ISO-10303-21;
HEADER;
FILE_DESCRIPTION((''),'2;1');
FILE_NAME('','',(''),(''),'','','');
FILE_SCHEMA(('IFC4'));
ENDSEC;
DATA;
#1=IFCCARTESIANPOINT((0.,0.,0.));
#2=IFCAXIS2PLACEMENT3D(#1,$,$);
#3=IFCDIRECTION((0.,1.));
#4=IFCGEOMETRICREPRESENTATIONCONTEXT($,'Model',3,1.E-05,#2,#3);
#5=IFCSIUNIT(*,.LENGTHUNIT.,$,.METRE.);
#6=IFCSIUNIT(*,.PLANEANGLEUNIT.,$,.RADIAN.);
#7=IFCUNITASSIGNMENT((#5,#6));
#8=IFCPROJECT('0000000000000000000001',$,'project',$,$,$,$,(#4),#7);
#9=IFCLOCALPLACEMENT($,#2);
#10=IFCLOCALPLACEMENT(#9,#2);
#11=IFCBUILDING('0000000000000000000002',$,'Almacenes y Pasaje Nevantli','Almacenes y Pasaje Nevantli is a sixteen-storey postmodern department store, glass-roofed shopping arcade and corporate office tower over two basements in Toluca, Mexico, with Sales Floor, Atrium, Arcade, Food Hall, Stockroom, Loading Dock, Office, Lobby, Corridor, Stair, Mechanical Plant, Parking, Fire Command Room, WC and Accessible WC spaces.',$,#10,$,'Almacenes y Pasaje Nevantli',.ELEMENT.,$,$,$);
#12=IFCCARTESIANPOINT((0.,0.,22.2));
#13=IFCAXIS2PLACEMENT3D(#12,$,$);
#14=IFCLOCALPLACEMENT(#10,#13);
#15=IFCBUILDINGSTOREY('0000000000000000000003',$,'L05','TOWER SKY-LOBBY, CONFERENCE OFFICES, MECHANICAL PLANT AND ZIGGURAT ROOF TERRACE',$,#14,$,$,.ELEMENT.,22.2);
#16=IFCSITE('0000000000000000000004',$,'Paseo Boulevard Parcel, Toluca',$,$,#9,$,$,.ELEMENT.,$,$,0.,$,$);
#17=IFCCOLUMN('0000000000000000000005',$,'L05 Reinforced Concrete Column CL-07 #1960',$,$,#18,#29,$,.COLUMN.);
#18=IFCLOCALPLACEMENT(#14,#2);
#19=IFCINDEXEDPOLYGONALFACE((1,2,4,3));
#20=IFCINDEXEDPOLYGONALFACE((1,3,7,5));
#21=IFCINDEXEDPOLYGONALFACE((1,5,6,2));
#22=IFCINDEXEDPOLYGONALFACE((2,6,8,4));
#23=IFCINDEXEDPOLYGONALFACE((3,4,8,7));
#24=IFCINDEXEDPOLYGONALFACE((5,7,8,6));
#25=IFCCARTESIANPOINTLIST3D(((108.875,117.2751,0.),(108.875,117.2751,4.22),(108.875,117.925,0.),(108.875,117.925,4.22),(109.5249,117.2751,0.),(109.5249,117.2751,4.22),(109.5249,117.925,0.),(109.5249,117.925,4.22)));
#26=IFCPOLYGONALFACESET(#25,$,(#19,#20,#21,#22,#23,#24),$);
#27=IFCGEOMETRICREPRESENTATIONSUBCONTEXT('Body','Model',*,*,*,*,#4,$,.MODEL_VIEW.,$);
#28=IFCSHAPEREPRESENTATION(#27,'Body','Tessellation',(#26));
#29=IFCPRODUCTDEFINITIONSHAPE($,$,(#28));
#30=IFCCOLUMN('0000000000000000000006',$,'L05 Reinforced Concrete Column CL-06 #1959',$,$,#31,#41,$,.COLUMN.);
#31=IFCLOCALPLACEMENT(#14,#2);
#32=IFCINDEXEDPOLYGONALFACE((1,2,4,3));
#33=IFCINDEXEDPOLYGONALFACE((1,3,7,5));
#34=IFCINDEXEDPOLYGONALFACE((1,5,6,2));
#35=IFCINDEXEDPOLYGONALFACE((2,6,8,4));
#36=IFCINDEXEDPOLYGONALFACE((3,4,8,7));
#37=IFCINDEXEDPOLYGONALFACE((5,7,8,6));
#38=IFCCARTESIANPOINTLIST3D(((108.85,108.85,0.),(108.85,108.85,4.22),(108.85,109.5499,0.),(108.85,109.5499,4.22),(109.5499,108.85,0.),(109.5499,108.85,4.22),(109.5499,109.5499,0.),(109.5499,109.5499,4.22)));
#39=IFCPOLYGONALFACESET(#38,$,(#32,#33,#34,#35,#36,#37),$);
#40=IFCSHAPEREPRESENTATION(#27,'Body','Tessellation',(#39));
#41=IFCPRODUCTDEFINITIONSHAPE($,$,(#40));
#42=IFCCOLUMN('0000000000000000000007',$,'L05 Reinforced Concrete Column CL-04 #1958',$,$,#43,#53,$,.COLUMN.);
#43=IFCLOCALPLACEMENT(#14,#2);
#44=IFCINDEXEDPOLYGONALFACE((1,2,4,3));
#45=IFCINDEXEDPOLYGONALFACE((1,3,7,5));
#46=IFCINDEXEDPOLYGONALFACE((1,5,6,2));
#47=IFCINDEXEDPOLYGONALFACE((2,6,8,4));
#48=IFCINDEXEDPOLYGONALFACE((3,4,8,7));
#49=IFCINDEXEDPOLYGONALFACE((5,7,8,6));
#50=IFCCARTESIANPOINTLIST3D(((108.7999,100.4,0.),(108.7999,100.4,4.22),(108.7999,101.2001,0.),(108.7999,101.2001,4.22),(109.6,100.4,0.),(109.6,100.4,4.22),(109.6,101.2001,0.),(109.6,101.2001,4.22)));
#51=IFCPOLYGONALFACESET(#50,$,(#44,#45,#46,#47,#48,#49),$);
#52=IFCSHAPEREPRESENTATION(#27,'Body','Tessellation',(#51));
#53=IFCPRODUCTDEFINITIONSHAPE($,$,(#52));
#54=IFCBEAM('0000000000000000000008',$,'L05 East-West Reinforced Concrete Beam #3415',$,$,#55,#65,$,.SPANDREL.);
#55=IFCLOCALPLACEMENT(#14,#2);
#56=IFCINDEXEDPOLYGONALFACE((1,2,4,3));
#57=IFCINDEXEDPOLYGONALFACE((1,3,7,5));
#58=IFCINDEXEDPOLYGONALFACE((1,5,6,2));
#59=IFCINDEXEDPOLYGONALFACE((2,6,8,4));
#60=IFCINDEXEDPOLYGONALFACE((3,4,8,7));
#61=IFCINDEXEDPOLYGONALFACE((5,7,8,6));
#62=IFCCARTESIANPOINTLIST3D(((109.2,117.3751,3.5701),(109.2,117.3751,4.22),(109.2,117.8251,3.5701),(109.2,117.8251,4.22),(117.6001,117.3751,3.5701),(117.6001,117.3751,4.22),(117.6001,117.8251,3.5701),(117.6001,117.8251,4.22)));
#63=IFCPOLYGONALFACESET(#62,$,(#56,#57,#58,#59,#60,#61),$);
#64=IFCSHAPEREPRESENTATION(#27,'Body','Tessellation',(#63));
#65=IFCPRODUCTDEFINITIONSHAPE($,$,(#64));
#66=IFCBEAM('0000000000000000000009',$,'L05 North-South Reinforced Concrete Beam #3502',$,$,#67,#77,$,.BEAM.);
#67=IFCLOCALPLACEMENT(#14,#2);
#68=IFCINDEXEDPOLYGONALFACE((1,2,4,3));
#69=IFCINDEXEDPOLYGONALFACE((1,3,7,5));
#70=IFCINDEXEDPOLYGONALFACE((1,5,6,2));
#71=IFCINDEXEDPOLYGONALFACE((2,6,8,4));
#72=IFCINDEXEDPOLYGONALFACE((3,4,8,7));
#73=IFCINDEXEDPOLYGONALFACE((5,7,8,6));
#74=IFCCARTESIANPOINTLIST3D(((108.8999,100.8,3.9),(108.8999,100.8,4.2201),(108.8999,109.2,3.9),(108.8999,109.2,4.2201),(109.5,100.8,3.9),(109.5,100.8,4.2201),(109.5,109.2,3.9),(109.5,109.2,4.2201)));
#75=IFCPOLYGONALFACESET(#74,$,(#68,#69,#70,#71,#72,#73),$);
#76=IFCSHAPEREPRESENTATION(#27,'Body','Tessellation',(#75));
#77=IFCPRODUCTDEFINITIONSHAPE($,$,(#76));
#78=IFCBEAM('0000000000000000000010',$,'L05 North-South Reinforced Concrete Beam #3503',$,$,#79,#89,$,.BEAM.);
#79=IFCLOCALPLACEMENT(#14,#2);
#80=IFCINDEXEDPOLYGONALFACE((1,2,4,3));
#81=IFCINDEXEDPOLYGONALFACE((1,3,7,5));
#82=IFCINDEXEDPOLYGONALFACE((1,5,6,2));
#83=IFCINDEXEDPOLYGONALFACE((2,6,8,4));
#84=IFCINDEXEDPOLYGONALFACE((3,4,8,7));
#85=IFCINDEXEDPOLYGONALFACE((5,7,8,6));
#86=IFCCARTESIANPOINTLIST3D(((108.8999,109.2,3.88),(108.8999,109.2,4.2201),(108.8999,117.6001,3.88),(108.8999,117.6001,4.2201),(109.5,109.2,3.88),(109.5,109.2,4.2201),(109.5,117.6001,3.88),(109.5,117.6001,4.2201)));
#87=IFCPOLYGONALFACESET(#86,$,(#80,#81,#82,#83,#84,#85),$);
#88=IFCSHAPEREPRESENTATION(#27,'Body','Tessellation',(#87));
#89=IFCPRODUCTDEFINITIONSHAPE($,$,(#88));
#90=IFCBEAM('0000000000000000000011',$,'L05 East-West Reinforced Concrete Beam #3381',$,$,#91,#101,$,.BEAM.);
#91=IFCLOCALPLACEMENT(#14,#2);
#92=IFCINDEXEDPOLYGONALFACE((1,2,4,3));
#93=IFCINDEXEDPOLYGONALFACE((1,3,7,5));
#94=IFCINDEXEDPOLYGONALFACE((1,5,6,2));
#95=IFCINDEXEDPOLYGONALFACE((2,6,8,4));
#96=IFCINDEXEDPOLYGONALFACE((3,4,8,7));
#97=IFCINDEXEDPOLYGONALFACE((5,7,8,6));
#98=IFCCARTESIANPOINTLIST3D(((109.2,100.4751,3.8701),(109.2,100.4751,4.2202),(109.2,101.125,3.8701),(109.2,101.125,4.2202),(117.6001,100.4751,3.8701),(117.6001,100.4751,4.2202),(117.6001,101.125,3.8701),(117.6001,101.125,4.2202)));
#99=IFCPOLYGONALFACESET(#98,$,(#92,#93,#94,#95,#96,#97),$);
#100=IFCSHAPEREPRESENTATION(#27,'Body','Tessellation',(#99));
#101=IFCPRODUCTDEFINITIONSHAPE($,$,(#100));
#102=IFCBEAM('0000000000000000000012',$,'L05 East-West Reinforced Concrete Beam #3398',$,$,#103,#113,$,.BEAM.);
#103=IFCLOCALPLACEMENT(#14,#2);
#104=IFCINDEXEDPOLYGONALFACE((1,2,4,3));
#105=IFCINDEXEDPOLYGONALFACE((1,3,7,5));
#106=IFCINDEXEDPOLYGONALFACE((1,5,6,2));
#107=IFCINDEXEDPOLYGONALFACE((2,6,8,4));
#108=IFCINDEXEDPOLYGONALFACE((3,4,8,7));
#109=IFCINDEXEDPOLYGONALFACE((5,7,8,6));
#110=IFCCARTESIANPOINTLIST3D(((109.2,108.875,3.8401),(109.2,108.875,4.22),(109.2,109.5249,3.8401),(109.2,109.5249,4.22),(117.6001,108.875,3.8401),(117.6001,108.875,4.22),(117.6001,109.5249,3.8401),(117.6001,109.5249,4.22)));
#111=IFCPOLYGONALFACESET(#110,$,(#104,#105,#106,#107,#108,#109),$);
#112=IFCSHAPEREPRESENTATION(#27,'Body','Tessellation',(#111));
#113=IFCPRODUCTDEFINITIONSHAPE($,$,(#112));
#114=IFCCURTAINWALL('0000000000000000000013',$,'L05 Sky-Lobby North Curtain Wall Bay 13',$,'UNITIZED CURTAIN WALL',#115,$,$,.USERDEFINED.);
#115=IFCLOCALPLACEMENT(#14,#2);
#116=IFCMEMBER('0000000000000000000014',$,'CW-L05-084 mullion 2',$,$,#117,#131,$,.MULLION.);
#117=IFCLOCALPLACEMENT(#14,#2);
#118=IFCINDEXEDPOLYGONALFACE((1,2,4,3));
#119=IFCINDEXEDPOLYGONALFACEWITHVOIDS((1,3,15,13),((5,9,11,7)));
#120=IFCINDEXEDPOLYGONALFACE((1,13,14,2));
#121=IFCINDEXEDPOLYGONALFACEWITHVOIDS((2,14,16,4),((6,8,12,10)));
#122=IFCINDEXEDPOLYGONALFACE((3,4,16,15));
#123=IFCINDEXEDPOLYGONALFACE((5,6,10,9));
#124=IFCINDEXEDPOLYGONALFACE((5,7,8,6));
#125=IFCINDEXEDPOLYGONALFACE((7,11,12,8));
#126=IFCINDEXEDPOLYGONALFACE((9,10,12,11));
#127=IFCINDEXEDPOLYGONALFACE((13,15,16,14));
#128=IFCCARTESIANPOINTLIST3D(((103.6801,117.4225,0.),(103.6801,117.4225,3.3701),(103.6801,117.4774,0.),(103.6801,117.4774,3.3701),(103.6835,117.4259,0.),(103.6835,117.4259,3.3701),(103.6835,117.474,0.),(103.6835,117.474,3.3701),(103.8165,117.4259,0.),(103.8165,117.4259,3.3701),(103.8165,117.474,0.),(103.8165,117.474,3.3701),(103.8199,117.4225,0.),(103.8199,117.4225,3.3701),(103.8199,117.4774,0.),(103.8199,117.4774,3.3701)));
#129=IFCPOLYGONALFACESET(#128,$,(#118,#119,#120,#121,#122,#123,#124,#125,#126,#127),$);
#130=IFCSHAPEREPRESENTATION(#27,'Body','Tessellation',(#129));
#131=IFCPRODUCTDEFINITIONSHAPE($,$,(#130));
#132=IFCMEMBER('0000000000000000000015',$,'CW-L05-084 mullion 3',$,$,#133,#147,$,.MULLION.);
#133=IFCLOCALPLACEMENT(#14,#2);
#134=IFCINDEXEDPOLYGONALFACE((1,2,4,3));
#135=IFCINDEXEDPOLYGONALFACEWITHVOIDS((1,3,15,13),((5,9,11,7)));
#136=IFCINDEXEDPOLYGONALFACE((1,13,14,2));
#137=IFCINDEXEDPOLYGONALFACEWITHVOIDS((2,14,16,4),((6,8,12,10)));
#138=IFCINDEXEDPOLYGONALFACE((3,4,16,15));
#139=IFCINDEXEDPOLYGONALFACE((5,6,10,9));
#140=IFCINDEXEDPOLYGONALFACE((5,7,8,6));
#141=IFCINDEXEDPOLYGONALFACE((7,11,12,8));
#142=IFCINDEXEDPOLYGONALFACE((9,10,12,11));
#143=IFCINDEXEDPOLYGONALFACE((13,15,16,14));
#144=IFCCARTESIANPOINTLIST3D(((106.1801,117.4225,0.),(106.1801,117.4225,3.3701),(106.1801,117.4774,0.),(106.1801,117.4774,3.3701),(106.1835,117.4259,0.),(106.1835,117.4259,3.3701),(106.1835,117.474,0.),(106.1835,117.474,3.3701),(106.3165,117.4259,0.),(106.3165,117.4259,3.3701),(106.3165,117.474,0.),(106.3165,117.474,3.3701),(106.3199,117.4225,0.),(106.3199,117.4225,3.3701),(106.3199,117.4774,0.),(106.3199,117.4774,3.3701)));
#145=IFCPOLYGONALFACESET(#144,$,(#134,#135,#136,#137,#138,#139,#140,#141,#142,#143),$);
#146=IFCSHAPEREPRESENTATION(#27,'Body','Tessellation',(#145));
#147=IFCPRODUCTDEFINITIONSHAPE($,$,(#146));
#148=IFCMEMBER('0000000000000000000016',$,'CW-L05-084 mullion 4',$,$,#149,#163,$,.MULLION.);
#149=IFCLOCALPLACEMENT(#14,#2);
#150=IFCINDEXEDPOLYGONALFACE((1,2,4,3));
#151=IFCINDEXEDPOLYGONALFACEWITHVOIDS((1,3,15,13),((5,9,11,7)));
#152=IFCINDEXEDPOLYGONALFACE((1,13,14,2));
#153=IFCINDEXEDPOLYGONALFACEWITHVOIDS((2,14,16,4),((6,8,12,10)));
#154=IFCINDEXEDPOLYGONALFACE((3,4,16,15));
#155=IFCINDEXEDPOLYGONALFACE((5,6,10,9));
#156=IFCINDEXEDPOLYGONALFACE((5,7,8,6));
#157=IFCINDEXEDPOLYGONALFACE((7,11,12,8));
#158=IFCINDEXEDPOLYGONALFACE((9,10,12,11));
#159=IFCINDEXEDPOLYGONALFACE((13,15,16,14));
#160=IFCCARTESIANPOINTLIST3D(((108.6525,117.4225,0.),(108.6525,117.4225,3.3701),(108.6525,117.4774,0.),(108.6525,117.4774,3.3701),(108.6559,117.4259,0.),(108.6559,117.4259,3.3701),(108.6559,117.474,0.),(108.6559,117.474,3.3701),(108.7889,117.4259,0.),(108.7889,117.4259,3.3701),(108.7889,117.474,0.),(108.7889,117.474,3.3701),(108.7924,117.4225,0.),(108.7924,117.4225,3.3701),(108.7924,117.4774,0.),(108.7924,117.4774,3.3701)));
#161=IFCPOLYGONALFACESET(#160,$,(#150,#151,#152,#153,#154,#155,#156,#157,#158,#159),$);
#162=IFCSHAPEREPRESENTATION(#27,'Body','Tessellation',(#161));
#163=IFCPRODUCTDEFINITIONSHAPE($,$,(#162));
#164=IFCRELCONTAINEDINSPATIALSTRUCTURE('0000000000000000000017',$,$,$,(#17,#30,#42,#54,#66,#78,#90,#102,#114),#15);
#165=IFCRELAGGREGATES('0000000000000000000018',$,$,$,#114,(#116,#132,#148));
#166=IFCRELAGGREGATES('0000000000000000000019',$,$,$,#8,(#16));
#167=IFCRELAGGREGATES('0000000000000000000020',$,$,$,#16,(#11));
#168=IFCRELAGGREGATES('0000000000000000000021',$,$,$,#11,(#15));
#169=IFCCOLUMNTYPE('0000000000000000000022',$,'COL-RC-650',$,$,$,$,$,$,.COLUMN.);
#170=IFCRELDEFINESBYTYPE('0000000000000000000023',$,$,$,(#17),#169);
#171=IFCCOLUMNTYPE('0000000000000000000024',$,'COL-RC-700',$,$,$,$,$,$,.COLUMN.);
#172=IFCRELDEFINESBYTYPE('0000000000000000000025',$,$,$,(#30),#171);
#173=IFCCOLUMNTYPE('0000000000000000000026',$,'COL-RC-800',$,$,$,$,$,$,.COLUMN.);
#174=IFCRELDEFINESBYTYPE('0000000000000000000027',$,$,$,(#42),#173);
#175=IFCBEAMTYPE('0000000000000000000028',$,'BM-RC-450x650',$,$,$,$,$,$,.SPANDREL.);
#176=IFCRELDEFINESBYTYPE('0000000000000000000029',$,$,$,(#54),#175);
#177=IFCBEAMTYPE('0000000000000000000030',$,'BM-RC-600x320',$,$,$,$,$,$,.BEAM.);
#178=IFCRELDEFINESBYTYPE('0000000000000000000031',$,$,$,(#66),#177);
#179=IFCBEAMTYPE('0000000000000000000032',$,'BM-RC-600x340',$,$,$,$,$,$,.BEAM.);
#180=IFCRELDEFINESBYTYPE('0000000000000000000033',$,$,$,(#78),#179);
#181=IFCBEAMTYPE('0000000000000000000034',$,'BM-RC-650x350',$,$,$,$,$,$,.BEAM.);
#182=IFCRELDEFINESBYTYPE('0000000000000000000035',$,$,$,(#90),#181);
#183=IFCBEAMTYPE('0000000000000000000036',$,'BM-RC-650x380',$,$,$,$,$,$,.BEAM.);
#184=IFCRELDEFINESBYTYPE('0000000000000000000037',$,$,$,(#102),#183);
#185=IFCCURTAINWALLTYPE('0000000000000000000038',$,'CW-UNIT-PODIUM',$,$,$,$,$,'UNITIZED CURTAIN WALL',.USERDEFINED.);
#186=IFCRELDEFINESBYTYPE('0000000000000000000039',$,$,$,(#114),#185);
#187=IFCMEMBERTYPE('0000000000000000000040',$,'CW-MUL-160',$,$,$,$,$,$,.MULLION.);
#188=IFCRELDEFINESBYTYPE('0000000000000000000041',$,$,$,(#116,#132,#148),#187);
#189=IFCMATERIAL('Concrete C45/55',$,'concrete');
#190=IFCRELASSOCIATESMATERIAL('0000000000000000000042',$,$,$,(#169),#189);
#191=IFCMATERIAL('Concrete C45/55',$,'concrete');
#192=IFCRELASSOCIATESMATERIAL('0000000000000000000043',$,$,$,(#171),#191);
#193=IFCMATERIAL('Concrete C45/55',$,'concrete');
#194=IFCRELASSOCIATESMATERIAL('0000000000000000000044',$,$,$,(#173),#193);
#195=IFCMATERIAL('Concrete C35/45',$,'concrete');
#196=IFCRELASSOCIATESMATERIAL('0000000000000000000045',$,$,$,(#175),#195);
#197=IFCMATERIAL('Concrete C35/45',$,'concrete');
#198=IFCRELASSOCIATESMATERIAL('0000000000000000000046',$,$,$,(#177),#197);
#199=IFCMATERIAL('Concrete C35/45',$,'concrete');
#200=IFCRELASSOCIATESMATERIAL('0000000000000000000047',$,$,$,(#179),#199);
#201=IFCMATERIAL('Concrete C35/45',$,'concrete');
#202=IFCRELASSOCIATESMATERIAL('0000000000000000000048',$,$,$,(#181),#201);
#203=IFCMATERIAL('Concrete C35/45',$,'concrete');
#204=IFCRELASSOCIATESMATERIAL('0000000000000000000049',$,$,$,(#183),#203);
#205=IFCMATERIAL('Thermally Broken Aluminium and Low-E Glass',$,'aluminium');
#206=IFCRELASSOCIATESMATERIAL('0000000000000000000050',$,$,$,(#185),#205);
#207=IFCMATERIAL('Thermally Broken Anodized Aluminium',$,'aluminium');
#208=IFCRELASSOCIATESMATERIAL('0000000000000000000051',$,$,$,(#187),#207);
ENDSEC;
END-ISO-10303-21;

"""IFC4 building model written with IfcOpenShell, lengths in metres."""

from ifc_helpers import new_model, si_unit, direction, frame, origin, origin_2d, place, context, subcontext, project, spatial, rectangle, hollow_rectangle, extrude, material, material_profile, profile_set, type_object, element, aggregate, save


model = new_model("IFC4")

# Units and contexts
model_context = context("Model", 3, precision=1e-05, world=origin(), true_north=direction((0.0, 1.0)))
body_context = subcontext(model_context, "Body", "Model", "MODEL_VIEW")
ifc_project = project(units=[si_unit("LENGTHUNIT", "METRE"), si_unit("PLANEANGLEUNIT", "RADIAN")], contexts=[model_context])

# Site, building, storey
site_placement = place(None, origin())
site = spatial("IfcSite", under=ifc_project, at=site_placement, Name="Paseo Boulevard Parcel, Toluca", CompositionType="ELEMENT", RefElevation=0.0)
building_placement = place(site_placement, origin())
building = spatial("IfcBuilding", under=site, at=building_placement, Name="Almacenes y Pasaje Nevantli", Description="Almacenes y Pasaje Nevantli is a sixteen-storey postmodern department store, glass-roofed shopping arcade and corporate office tower over two basements in Toluca, Mexico, with Sales Floor, Atrium, Arcade, Food Hall, Stockroom, Loading Dock, Office, Lobby, Corridor, Stair, Mechanical Plant, Parking, Fire Command Room, WC and Accessible WC spaces.", LongName="Almacenes y Pasaje Nevantli", CompositionType="ELEMENT")
storey_placement = place(building_placement, frame((0.0, 0.0, 22.2)))
storey = spatial("IfcBuildingStorey", under=building, at=storey_placement, Name="L05", Description="TOWER SKY-LOBBY, CONFERENCE OFFICES, MECHANICAL PLANT AND ZIGGURAT ROOF TERRACE", CompositionType="ELEMENT", Elevation=22.2)

# Columns
ifc_material_1 = material(Name="Concrete C45/55", Category="concrete")
ifc_material_profile_1 = material_profile(ifc_material_1, rectangle(XDim=0.6499, YDim=0.6499, at=origin_2d()), Name="RC-COL-650x650")
ifc_profile_set_1 = profile_set([ifc_material_profile_1], Name="Concrete C45/55")
column_type_1 = type_object("IfcColumnType", Name="COL-RC-650", PredefinedType="COLUMN", material=ifc_profile_set_1)
column_1_placement = place(storey_placement, frame((109.2, 117.6001, 0.0), z_axis=(0.0, 0.0, 1.0), x_axis=(1.0, 0.0, 0.0)))
element("IfcColumn", 1, at=column_1_placement, inside=storey, type_object=column_type_1, Name="L05 Reinforced Concrete Column CL-07 #1960", PredefinedType="COLUMN", context=body_context, shape_type="SweptSolid", body=[
    extrude(rectangle(XDim=0.6499, YDim=0.6499, at=origin_2d()), origin(), (0.0, 0.0, 1.0), 4.22),
])
ifc_material_2 = material(Name="Concrete C45/55", Category="concrete")
ifc_material_profile_2 = material_profile(ifc_material_2, rectangle(XDim=0.7, YDim=0.7, at=origin_2d()), Name="RC-COL-700x700")
ifc_profile_set_2 = profile_set([ifc_material_profile_2], Name="Concrete C45/55")
column_type_2 = type_object("IfcColumnType", Name="COL-RC-700", PredefinedType="COLUMN", material=ifc_profile_set_2)
column_2_placement = place(storey_placement, frame((109.2, 109.2, 0.0), z_axis=(0.0, 0.0, 1.0), x_axis=(1.0, 0.0, 0.0)))
element("IfcColumn", 2, at=column_2_placement, inside=storey, type_object=column_type_2, Name="L05 Reinforced Concrete Column CL-06 #1959", PredefinedType="COLUMN", context=body_context, shape_type="SweptSolid", body=[
    extrude(rectangle(XDim=0.7, YDim=0.7, at=origin_2d()), origin(), (0.0, 0.0, 1.0), 4.22),
])
ifc_material_3 = material(Name="Concrete C45/55", Category="concrete")
ifc_material_profile_3 = material_profile(ifc_material_3, rectangle(XDim=0.8, YDim=0.8, at=origin_2d()), Name="RC-COL-800x800")
ifc_profile_set_3 = profile_set([ifc_material_profile_3], Name="Concrete C45/55")
column_type_3 = type_object("IfcColumnType", Name="COL-RC-800", PredefinedType="COLUMN", material=ifc_profile_set_3)
column_3_placement = place(storey_placement, frame((109.2, 100.8, 0.0), z_axis=(0.0, 0.0, 1.0), x_axis=(1.0, 0.0, 0.0)))
element("IfcColumn", 3, at=column_3_placement, inside=storey, type_object=column_type_3, Name="L05 Reinforced Concrete Column CL-04 #1958", PredefinedType="COLUMN", context=body_context, shape_type="SweptSolid", body=[
    extrude(rectangle(XDim=0.8, YDim=0.8, at=origin_2d()), origin(), (0.0, 0.0, 1.0), 4.22),
])

# Beams
ifc_material_4 = material(Name="Concrete C35/45", Category="concrete")
ifc_material_profile_4 = material_profile(ifc_material_4, rectangle(XDim=0.45, YDim=0.6499, at=origin_2d()), Name="RC-BM-450x650")
ifc_profile_set_4 = profile_set([ifc_material_profile_4], Name="Concrete C35/45")
beam_type_1 = type_object("IfcBeamType", Name="BM-RC-450x650", PredefinedType="SPANDREL", material=ifc_profile_set_4)
beam_1_placement = place(storey_placement, frame((109.2, 117.6001, 3.895), z_axis=(1.0, 0.0, 0.0), x_axis=(0.0, 1.0, 0.0)))
element("IfcBeam", 4, at=beam_1_placement, inside=storey, type_object=beam_type_1, Name="L05 East-West Reinforced Concrete Beam #3415", PredefinedType="SPANDREL", context=body_context, shape_type="SweptSolid", body=[
    extrude(rectangle(XDim=0.45, YDim=0.6499, at=origin_2d()), origin(), (0.0, 0.0, 1.0), 8.4001),
])
ifc_material_5 = material(Name="Concrete C35/45", Category="concrete")
ifc_material_profile_5 = material_profile(ifc_material_5, rectangle(XDim=0.6001, YDim=0.3201, at=origin_2d()), Name="RC-BM-600x320")
ifc_profile_set_5 = profile_set([ifc_material_profile_5], Name="Concrete C35/45")
beam_type_2 = type_object("IfcBeamType", Name="BM-RC-600x320", PredefinedType="BEAM", material=ifc_profile_set_5)
beam_2_placement = place(storey_placement, frame((109.2, 100.8, 4.0601), z_axis=(0.0, 1.0, 0.0), x_axis=(-1.0, 0.0, 0.0)))
element("IfcBeam", 5, at=beam_2_placement, inside=storey, type_object=beam_type_2, Name="L05 North-South Reinforced Concrete Beam #3502", PredefinedType="BEAM", context=body_context, shape_type="SweptSolid", body=[
    extrude(rectangle(XDim=0.6001, YDim=0.3201, at=origin_2d()), origin(), (0.0, 0.0, 1.0), 8.3999),
])
ifc_material_6 = material(Name="Concrete C35/45", Category="concrete")
ifc_material_profile_6 = material_profile(ifc_material_6, rectangle(XDim=0.6001, YDim=0.3401, at=origin_2d()), Name="RC-BM-600x340")
ifc_profile_set_6 = profile_set([ifc_material_profile_6], Name="Concrete C35/45")
beam_type_3 = type_object("IfcBeamType", Name="BM-RC-600x340", PredefinedType="BEAM", material=ifc_profile_set_6)
beam_3_placement = place(storey_placement, frame((109.2, 109.2, 4.05), z_axis=(0.0, 1.0, 0.0), x_axis=(-1.0, 0.0, 0.0)))
element("IfcBeam", 6, at=beam_3_placement, inside=storey, type_object=beam_type_3, Name="L05 North-South Reinforced Concrete Beam #3503", PredefinedType="BEAM", context=body_context, shape_type="SweptSolid", body=[
    extrude(rectangle(XDim=0.6001, YDim=0.3401, at=origin_2d()), origin(), (0.0, 0.0, 1.0), 8.4001),
])
ifc_material_7 = material(Name="Concrete C35/45", Category="concrete")
ifc_material_profile_7 = material_profile(ifc_material_7, rectangle(XDim=0.6499, YDim=0.3501, at=origin_2d()), Name="RC-BM-650x350")
ifc_profile_set_7 = profile_set([ifc_material_profile_7], Name="Concrete C35/45")
beam_type_4 = type_object("IfcBeamType", Name="BM-RC-650x350", PredefinedType="BEAM", material=ifc_profile_set_7)
beam_4_placement = place(storey_placement, frame((109.2, 100.8, 4.0452), z_axis=(1.0, 0.0, 0.0), x_axis=(0.0, 1.0, 0.0)))
element("IfcBeam", 7, at=beam_4_placement, inside=storey, type_object=beam_type_4, Name="L05 East-West Reinforced Concrete Beam #3381", PredefinedType="BEAM", context=body_context, shape_type="SweptSolid", body=[
    extrude(rectangle(XDim=0.6499, YDim=0.3501, at=origin_2d()), origin(), (0.0, 0.0, 1.0), 8.4001),
])
ifc_material_8 = material(Name="Concrete C35/45", Category="concrete")
ifc_material_profile_8 = material_profile(ifc_material_8, rectangle(XDim=0.6499, YDim=0.3799, at=origin_2d()), Name="RC-BM-650x380")
ifc_profile_set_8 = profile_set([ifc_material_profile_8], Name="Concrete C35/45")
beam_type_5 = type_object("IfcBeamType", Name="BM-RC-650x380", PredefinedType="BEAM", material=ifc_profile_set_8)
beam_5_placement = place(storey_placement, frame((109.2, 109.2, 4.03), z_axis=(1.0, 0.0, 0.0), x_axis=(0.0, 1.0, 0.0)))
element("IfcBeam", 8, at=beam_5_placement, inside=storey, type_object=beam_type_5, Name="L05 East-West Reinforced Concrete Beam #3398", PredefinedType="BEAM", context=body_context, shape_type="SweptSolid", body=[
    extrude(rectangle(XDim=0.6499, YDim=0.3799, at=origin_2d()), origin(), (0.0, 0.0, 1.0), 8.4001),
])

# Curtain wall, members
ifc_material_9 = material(Name="Thermally Broken Aluminium and Low-E Glass", Category="aluminium")
curtain_wall_type = type_object("IfcCurtainWallType", Name="CW-UNIT-PODIUM", ElementType="UNITIZED CURTAIN WALL", PredefinedType="USERDEFINED", material=ifc_material_9)
curtain_wall_1_placement = place(storey_placement, origin())
curtain_wall_1 = element("IfcCurtainWall", 9, at=curtain_wall_1_placement, inside=storey, type_object=curtain_wall_type, Name="L05 Sky-Lobby North Curtain Wall Bay 13", ObjectType="UNITIZED CURTAIN WALL", PredefinedType="USERDEFINED")
ifc_material_10 = material(Name="Thermally Broken Anodized Aluminium", Category="aluminium")
ifc_material_profile_9 = material_profile(ifc_material_10, hollow_rectangle(XDim=0.0549, YDim=0.1399, WallThickness=0.0034, at=origin_2d()), Name="ALU-MUL-55x140")
ifc_profile_set_9 = profile_set([ifc_material_profile_9], Name="Thermally Broken Anodized Aluminium")
member_type_1 = type_object("IfcMemberType", Name="CW-MUL-160", PredefinedType="MULLION", material=ifc_profile_set_9)
member_1_placement = place(storey_placement, frame((103.75, 117.45, 0.0), z_axis=(0.0, 0.0, 1.0), x_axis=(0.0, 1.0, 0.0)))
member_1 = element("IfcMember", 10, at=member_1_placement, type_object=member_type_1, Name="CW-L05-084 mullion 2", PredefinedType="MULLION", context=body_context, shape_type="SweptSolid", body=[
    extrude(hollow_rectangle(XDim=0.0549, YDim=0.1399, WallThickness=0.0034, at=origin_2d()), origin(), (0.0, 0.0, 1.0), 3.3701),
])
member_2_placement = place(storey_placement, frame((106.25, 117.45, 0.0), z_axis=(0.0, 0.0, 1.0), x_axis=(0.0, 1.0, 0.0)))
member_2 = element("IfcMember", 11, at=member_2_placement, type_object=member_type_1, Name="CW-L05-084 mullion 3", PredefinedType="MULLION", context=body_context, shape_type="SweptSolid", body=[
    extrude(hollow_rectangle(XDim=0.0549, YDim=0.1399, WallThickness=0.0034, at=origin_2d()), origin(), (0.0, 0.0, 1.0), 3.3701),
])
member_3_placement = place(storey_placement, frame((108.7224, 117.45, 0.0), z_axis=(0.0, 0.0, 1.0), x_axis=(0.0, 1.0, 0.0)))
member_3 = element("IfcMember", 12, at=member_3_placement, type_object=member_type_1, Name="CW-L05-084 mullion 4", PredefinedType="MULLION", context=body_context, shape_type="SweptSolid", body=[
    extrude(hollow_rectangle(XDim=0.0549, YDim=0.1399, WallThickness=0.0034, at=origin_2d()), origin(), (0.0, 0.0, 1.0), 3.3701),
])

aggregate(curtain_wall_1, [member_1, member_2, member_3])

save(model, "model.ifc")
